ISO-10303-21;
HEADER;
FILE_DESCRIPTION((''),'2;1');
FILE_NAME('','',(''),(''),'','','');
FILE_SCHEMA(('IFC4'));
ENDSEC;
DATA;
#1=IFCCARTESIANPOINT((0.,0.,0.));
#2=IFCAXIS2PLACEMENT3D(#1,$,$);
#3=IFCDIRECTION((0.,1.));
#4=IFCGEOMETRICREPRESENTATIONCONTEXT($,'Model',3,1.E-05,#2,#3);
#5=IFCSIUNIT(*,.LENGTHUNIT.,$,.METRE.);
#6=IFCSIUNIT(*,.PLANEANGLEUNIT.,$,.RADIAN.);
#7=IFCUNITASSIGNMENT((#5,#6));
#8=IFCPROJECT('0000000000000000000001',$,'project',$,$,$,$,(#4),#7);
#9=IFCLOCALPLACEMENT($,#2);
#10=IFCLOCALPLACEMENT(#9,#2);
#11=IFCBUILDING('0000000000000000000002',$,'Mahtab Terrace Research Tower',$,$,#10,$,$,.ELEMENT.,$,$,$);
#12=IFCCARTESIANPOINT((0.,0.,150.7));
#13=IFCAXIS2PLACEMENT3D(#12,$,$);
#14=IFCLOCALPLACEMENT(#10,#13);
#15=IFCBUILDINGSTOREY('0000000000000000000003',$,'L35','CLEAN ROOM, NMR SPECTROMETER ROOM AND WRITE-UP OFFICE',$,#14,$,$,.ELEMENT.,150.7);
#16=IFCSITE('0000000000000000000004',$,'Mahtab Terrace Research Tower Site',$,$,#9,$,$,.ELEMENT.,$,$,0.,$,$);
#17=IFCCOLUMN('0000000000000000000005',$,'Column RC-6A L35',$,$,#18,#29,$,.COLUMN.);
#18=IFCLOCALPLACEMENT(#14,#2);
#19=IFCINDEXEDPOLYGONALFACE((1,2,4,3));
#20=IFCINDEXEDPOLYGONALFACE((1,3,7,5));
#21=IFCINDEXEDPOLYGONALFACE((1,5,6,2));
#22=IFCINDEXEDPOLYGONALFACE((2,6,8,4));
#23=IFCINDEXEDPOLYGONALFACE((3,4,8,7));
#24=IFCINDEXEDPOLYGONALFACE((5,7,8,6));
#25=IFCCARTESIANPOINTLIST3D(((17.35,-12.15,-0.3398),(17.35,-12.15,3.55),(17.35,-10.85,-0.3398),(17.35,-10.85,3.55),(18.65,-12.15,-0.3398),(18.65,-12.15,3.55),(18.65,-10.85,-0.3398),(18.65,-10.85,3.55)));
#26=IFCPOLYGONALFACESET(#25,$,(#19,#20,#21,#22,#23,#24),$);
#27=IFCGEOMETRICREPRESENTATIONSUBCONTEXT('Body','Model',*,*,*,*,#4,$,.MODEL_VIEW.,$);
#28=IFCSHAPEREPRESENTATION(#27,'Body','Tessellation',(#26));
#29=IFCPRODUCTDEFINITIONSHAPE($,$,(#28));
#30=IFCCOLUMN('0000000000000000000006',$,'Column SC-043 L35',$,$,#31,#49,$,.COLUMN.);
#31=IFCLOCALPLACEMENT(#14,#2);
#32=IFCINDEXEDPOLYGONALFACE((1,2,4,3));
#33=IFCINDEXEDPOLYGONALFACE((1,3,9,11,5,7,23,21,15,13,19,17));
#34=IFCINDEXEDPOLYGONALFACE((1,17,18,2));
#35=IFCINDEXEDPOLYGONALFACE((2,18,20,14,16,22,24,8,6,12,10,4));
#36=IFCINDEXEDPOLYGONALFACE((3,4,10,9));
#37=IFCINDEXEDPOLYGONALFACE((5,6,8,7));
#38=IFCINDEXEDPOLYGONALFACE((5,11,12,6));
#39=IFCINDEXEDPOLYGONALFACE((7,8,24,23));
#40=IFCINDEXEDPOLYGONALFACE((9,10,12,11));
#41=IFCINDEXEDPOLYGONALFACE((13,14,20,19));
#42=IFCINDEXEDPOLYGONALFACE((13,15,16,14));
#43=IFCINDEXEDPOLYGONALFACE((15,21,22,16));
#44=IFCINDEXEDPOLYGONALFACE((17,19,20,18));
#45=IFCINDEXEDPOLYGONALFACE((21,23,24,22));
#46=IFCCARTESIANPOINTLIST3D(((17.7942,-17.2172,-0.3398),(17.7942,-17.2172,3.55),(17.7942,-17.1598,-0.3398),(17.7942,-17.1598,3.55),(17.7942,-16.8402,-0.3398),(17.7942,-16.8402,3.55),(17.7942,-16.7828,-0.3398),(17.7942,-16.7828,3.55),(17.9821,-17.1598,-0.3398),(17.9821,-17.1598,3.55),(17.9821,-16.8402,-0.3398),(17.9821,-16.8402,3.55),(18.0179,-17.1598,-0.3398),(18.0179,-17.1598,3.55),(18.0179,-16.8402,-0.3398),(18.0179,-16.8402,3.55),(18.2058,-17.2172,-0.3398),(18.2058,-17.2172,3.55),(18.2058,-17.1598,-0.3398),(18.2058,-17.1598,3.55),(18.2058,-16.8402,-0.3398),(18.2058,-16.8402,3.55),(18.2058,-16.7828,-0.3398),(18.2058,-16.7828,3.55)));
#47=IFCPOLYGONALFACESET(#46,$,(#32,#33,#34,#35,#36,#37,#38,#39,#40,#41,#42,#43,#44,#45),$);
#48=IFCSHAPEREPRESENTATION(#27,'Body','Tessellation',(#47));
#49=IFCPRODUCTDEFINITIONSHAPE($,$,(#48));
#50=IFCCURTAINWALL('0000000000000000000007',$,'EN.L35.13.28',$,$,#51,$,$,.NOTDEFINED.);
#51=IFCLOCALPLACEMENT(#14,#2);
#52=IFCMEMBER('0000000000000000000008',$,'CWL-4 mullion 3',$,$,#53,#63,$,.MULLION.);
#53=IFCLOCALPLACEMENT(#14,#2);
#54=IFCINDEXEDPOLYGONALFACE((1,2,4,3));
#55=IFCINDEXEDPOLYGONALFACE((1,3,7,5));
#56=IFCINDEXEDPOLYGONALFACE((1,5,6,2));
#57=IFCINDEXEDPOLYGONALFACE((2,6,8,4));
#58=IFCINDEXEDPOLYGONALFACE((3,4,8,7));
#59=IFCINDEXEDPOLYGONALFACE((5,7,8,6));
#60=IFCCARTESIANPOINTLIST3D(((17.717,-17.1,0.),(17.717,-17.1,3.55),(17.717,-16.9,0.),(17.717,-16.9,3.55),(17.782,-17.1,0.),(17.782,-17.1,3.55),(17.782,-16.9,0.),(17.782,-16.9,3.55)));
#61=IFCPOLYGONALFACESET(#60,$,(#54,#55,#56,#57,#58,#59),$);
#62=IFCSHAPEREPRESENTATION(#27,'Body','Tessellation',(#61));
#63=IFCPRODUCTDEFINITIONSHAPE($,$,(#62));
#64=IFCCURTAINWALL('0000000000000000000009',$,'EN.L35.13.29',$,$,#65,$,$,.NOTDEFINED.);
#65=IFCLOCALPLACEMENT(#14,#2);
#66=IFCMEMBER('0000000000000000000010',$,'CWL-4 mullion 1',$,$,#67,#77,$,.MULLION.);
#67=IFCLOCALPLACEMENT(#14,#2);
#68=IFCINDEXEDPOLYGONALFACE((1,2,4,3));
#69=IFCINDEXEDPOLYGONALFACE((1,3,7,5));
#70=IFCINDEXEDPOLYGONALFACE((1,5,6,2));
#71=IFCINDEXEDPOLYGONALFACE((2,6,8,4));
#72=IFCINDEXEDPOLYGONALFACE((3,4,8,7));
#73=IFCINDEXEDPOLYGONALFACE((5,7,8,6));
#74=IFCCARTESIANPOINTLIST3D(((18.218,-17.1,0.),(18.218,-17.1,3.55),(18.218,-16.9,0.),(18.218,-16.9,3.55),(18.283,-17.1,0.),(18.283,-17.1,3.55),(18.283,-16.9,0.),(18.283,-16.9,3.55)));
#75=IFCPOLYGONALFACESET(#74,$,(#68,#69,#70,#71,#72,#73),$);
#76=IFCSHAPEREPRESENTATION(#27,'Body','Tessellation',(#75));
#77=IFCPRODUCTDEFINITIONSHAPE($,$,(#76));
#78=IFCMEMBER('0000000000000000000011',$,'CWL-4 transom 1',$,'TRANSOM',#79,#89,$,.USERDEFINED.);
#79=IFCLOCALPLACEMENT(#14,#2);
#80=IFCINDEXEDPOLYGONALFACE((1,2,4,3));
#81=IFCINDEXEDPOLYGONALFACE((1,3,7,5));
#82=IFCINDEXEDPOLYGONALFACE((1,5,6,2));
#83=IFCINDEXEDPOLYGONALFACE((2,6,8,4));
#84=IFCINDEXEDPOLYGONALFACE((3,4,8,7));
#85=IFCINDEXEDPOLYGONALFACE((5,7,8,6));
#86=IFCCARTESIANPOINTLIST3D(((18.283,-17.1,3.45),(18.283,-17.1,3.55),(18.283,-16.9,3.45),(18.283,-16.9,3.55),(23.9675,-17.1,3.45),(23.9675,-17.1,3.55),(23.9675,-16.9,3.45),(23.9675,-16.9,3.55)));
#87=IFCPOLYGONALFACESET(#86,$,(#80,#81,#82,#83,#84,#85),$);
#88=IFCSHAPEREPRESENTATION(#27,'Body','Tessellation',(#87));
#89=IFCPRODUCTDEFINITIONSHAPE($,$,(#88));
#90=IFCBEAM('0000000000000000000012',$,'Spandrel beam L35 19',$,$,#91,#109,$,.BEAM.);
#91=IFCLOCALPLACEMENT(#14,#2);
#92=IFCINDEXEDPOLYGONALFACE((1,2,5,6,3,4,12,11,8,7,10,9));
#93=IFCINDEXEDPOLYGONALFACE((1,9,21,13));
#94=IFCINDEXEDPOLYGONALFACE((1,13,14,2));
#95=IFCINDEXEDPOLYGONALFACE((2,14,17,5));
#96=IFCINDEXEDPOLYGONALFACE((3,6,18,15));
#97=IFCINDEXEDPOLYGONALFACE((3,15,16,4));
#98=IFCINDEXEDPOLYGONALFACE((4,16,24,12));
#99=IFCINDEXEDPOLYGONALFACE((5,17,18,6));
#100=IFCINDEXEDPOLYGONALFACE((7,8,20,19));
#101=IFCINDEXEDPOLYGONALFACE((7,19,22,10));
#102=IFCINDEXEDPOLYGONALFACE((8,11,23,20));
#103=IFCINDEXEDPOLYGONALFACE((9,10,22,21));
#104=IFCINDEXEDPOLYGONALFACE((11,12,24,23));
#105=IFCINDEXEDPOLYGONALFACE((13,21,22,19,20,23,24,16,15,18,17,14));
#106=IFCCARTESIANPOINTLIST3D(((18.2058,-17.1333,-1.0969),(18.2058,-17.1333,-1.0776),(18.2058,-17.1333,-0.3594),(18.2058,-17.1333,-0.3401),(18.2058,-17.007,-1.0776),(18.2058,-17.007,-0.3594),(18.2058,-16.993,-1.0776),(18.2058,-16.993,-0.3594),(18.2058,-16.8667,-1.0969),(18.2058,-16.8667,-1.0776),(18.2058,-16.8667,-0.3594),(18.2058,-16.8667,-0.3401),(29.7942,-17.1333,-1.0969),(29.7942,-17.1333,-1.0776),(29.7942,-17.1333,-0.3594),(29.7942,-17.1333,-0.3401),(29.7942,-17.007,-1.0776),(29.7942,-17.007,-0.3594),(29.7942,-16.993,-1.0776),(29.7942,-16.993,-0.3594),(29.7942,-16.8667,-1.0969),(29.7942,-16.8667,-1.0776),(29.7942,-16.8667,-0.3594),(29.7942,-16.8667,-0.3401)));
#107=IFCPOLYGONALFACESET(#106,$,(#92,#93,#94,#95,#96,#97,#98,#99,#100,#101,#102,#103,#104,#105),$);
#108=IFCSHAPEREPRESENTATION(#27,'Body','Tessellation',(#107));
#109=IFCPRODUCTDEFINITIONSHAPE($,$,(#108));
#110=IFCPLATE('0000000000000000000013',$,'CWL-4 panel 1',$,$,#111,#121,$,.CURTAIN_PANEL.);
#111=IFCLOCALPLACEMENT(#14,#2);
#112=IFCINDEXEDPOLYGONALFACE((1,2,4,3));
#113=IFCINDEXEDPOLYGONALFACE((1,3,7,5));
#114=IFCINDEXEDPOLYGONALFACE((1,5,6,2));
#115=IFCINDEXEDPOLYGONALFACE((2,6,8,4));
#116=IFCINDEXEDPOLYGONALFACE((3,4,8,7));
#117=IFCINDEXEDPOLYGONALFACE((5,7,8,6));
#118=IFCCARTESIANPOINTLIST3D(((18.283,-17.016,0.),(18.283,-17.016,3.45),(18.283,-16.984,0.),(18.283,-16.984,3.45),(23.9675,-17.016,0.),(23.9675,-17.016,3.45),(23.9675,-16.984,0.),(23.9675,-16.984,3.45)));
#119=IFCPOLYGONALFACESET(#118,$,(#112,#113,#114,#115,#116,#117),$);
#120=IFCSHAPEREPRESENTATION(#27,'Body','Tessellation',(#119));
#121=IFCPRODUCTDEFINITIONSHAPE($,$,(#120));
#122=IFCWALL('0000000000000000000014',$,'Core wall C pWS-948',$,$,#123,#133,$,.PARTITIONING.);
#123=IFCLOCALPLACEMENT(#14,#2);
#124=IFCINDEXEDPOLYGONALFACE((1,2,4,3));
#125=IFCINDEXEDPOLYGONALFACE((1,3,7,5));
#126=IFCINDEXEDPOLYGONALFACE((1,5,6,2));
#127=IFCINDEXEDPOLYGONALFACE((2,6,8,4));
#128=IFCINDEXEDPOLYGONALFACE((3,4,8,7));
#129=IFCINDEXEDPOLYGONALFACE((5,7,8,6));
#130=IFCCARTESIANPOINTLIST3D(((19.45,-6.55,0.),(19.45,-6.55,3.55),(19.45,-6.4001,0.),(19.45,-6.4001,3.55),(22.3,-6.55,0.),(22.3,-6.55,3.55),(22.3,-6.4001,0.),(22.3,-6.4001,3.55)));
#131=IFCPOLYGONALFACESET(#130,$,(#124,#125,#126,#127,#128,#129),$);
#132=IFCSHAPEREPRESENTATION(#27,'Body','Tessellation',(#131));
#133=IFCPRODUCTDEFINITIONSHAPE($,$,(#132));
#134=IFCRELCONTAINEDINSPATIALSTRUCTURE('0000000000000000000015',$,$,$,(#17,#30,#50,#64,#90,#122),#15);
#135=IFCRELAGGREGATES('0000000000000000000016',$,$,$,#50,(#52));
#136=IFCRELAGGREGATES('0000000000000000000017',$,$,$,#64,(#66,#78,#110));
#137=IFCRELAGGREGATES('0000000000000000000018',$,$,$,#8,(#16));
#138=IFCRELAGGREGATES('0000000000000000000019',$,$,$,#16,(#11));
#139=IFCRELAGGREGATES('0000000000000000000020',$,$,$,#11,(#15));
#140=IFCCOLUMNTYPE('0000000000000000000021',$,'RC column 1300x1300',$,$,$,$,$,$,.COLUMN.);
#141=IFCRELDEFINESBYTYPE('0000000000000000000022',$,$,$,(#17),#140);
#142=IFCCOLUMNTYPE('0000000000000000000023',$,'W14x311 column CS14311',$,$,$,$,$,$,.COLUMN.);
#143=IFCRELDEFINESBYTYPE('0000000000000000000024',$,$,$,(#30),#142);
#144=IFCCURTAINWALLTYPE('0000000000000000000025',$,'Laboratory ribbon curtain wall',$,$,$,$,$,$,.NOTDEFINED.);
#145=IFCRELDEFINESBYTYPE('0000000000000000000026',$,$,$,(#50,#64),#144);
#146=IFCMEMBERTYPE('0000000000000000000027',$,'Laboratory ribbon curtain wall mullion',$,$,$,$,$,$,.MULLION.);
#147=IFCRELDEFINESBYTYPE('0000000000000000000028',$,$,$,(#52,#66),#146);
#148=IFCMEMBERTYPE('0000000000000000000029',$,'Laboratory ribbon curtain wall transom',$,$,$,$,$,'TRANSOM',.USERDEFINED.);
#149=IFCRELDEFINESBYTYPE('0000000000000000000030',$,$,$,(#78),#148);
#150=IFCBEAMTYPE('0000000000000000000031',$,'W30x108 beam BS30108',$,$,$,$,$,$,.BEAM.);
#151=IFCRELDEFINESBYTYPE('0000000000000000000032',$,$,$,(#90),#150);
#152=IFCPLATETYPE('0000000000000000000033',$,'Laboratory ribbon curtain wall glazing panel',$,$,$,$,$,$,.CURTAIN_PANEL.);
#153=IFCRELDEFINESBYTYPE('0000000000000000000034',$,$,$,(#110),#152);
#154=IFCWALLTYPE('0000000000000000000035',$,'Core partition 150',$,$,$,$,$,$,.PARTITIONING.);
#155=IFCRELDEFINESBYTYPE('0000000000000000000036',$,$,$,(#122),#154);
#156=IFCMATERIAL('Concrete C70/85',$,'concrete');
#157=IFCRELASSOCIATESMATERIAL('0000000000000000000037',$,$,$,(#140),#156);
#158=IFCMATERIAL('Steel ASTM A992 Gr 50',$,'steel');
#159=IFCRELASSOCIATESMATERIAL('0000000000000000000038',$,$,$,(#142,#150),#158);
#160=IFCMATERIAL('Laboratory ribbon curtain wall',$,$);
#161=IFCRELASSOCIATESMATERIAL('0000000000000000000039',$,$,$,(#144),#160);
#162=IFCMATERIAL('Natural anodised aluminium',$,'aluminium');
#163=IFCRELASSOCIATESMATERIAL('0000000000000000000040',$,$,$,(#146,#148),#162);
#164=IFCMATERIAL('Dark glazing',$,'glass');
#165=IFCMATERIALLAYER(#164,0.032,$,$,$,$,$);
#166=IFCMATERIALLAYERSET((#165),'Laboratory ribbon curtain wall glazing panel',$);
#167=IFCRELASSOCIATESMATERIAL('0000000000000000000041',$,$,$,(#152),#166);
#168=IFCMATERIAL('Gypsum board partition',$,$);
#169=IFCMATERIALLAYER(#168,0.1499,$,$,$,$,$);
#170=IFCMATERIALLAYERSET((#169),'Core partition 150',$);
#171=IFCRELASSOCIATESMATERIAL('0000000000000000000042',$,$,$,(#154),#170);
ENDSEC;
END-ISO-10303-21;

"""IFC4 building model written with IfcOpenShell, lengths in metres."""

from ifc_helpers import new_model, si_unit, direction, frame, frame_2d, origin, origin_2d, place, context, subcontext, project, spatial, rectangle, i_section, extrude, material, layer, layer_set, material_profile, profile_set, type_object, element, aggregate, save


model = new_model("IFC4")

# Units and contexts
model_context = context("Model", 3, precision=1e-05, world=origin(), true_north=direction((0.0, 1.0)))
body_context = subcontext(model_context, "Body", "Model", "MODEL_VIEW")
ifc_project = project(units=[si_unit("LENGTHUNIT", "METRE"), si_unit("PLANEANGLEUNIT", "RADIAN")], contexts=[model_context])

# Site, building, storey
site_placement = place(None, origin())
site = spatial("IfcSite", under=ifc_project, at=site_placement, Name="Mahtab Terrace Research Tower Site", CompositionType="ELEMENT", RefElevation=0.0)
building_placement = place(site_placement, origin())
building = spatial("IfcBuilding", under=site, at=building_placement, Name="Mahtab Terrace Research Tower", CompositionType="ELEMENT")
storey_placement = place(building_placement, frame((0.0, 0.0, 150.7)))
storey = spatial("IfcBuildingStorey", under=building, at=storey_placement, Name="L35", Description="CLEAN ROOM, NMR SPECTROMETER ROOM AND WRITE-UP OFFICE", CompositionType="ELEMENT", Elevation=150.7)

# Columns
ifc_material_1 = material(Name="Concrete C70/85", Category="concrete")
ifc_material_profile_1 = material_profile(ifc_material_1, rectangle(XDim=1.3, YDim=1.3, at=origin_2d()), Name="RC column 1300x1300")
ifc_profile_set_1 = profile_set([ifc_material_profile_1], Name="Concrete C70/85")
column_type_1 = type_object("IfcColumnType", Name="RC column 1300x1300", PredefinedType="COLUMN", material=ifc_profile_set_1)
column_1_placement = place(storey_placement, frame((18.0, -11.5, -0.3398), z_axis=(0.0, 0.0, 1.0), x_axis=(1.0, 0.0, 0.0)))
element("IfcColumn", 1, at=column_1_placement, inside=storey, type_object=column_type_1, Name="Column RC-6A L35", PredefinedType="COLUMN", context=body_context, shape_type="SweptSolid", body=[
    extrude(rectangle(XDim=1.3, YDim=1.3, at=origin_2d()), origin(), (0.0, 0.0, 1.0), 3.8899),
])
ifc_material_2 = material(Name="Steel ASTM A992 Gr 50", Category="steel")
ifc_material_profile_2 = material_profile(ifc_material_2, i_section(OverallWidth=0.4116, OverallDepth=0.4343, WebThickness=0.0359, FlangeThickness=0.0574, at=origin_2d()), Name="W14X311")
ifc_profile_set_2 = profile_set([ifc_material_profile_2], Name="Steel ASTM A992 Gr 50")
column_type_2 = type_object("IfcColumnType", Name="W14x311 column CS14311", PredefinedType="COLUMN", material=ifc_profile_set_2)
column_2_placement = place(storey_placement, frame((18.0, -17.0, -0.3398), z_axis=(0.0, 0.0, 1.0), x_axis=(1.0, 0.0, 0.0)))
element("IfcColumn", 2, at=column_2_placement, inside=storey, type_object=column_type_2, Name="Column SC-043 L35", PredefinedType="COLUMN", context=body_context, shape_type="SweptSolid", body=[
    extrude(i_section(OverallWidth=0.4116, OverallDepth=0.4343, WebThickness=0.0359, FlangeThickness=0.0574, at=origin_2d()), origin(), (0.0, 0.0, 1.0), 3.8899),
])

# Curtain wall, member
ifc_material_3 = material(Name="Laboratory ribbon curtain wall")
curtain_wall_type = type_object("IfcCurtainWallType", Name="Laboratory ribbon curtain wall", PredefinedType="NOTDEFINED", material=ifc_material_3)
curtain_wall_1_placement = place(storey_placement, origin())
curtain_wall_1 = element("IfcCurtainWall", 3, at=curtain_wall_1_placement, inside=storey, type_object=curtain_wall_type, Name="EN.L35.13.28", PredefinedType="NOTDEFINED")
ifc_material_4 = material(Name="Natural anodised aluminium", Category="aluminium")
ifc_material_profile_3 = material_profile(ifc_material_4, rectangle(XDim=0.2, YDim=0.0649, at=origin_2d()), Name="MULLION 65x200")
ifc_profile_set_3 = profile_set([ifc_material_profile_3], Name="Natural anodised aluminium")
member_type_1 = type_object("IfcMemberType", Name="Laboratory ribbon curtain wall mullion", PredefinedType="MULLION", material=ifc_profile_set_3)
member_1_placement = place(storey_placement, frame((17.7495, -17.0, 0.0), z_axis=(0.0, 0.0, 1.0), x_axis=(0.0, 1.0, 0.0)))
member_1 = element("IfcMember", 4, at=member_1_placement, type_object=member_type_1, Name="CWL-4 mullion 3", PredefinedType="MULLION", context=body_context, shape_type="SweptSolid", body=[
    extrude(rectangle(XDim=0.2, YDim=0.0649, at=origin_2d()), origin(), (0.0, 0.0, 1.0), 3.55),
])
aggregate(curtain_wall_1, [member_1])

# Curtain wall, members
curtain_wall_2_placement = place(storey_placement, origin())
curtain_wall_2 = element("IfcCurtainWall", 5, at=curtain_wall_2_placement, inside=storey, type_object=curtain_wall_type, Name="EN.L35.13.29", PredefinedType="NOTDEFINED")
member_2_placement = place(storey_placement, frame((18.2505, -17.0, 0.0), z_axis=(0.0, 0.0, 1.0), x_axis=(0.0, 1.0, 0.0)))
member_2 = element("IfcMember", 6, at=member_2_placement, type_object=member_type_1, Name="CWL-4 mullion 1", PredefinedType="MULLION", context=body_context, shape_type="SweptSolid", body=[
    extrude(rectangle(XDim=0.2, YDim=0.0649, at=origin_2d()), origin(), (0.0, 0.0, 1.0), 3.55),
])
ifc_material_profile_4 = material_profile(ifc_material_4, rectangle(XDim=0.2, YDim=0.1001, at=origin_2d()), Name="TRANSOM 100x200")
ifc_profile_set_4 = profile_set([ifc_material_profile_4], Name="Natural anodised aluminium")
member_type_2 = type_object("IfcMemberType", Name="Laboratory ribbon curtain wall transom", ElementType="TRANSOM", PredefinedType="USERDEFINED", material=ifc_profile_set_4)
member_3_placement = place(storey_placement, frame((18.283, -17.0, 3.5), z_axis=(1.0, 0.0, 0.0), x_axis=(0.0, 1.0, 0.0)))
member_3 = element("IfcMember", 7, at=member_3_placement, type_object=member_type_2, Name="CWL-4 transom 1", ObjectType="TRANSOM", PredefinedType="USERDEFINED", context=body_context, shape_type="SweptSolid", body=[
    extrude(rectangle(XDim=0.2, YDim=0.1001, at=origin_2d()), origin(), (0.0, 0.0, 1.0), 5.6846),
])

# Beam
ifc_material_profile_5 = material_profile(ifc_material_2, i_section(OverallWidth=0.2666, OverallDepth=0.7568, WebThickness=0.0139, FlangeThickness=0.0193, at=origin_2d()), Name="W30X108")
ifc_profile_set_5 = profile_set([ifc_material_profile_5], Name="Steel ASTM A992 Gr 50")
beam_type = type_object("IfcBeamType", Name="W30x108 beam BS30108", PredefinedType="BEAM", material=ifc_profile_set_5)
beam_placement = place(storey_placement, frame((18.2058, -17.0, -0.7185), z_axis=(1.0, 0.0, 0.0), x_axis=(0.0, 1.0, 0.0)))
element("IfcBeam", 8, at=beam_placement, inside=storey, type_object=beam_type, Name="Spandrel beam L35 19", PredefinedType="BEAM", context=body_context, shape_type="SweptSolid", body=[
    extrude(i_section(OverallWidth=0.2666, OverallDepth=0.7568, WebThickness=0.0139, FlangeThickness=0.0193, at=origin_2d()), origin(), (0.0, 0.0, 1.0), 11.5884),
])

# Plate
ifc_material_5 = material(Name="Dark glazing", Category="glass")
ifc_layer_1 = layer(ifc_material_5, 0.032)
ifc_layer_set_1 = layer_set([ifc_layer_1], Name="Laboratory ribbon curtain wall glazing panel")
plate_type = type_object("IfcPlateType", Name="Laboratory ribbon curtain wall glazing panel", PredefinedType="CURTAIN_PANEL", material=ifc_layer_set_1)
plate_placement = place(storey_placement, frame((21.1252, -17.0, 0.0), z_axis=(0.0, 0.0, 1.0), x_axis=(1.0, 0.0, 0.0)))
plate = element("IfcPlate", 9, at=plate_placement, type_object=plate_type, Name="CWL-4 panel 1", PredefinedType="CURTAIN_PANEL", context=body_context, shape_type="SweptSolid", body=[
    extrude(rectangle(XDim=5.6846, YDim=0.032, at=origin_2d()), origin(), (0.0, 0.0, 1.0), 3.45),
])
aggregate(curtain_wall_2, [member_2, member_3, plate])

# Wall
ifc_material_6 = material(Name="Gypsum board partition")
ifc_layer_2 = layer(ifc_material_6, 0.1499)
ifc_layer_set_2 = layer_set([ifc_layer_2], Name="Core partition 150")
wall_type_1 = type_object("IfcWallType", Name="Core partition 150", PredefinedType="PARTITIONING", material=ifc_layer_set_2)
wall_1_placement = place(storey_placement, frame((19.45, -6.4751, 0.0), z_axis=(0.0, 0.0, 1.0), x_axis=(1.0, 0.0, 0.0)))
element("IfcWall", 10, at=wall_1_placement, inside=storey, type_object=wall_type_1, Name="Core wall C pWS-948", PredefinedType="PARTITIONING", context=body_context, shape_type="SweptSolid", body=[
    extrude(rectangle(XDim=2.8501, YDim=0.1499, at=frame_2d((1.425, 0.0))), origin(), (0.0, 0.0, 1.0), 3.55),
])

save(model, "model.ifc")
